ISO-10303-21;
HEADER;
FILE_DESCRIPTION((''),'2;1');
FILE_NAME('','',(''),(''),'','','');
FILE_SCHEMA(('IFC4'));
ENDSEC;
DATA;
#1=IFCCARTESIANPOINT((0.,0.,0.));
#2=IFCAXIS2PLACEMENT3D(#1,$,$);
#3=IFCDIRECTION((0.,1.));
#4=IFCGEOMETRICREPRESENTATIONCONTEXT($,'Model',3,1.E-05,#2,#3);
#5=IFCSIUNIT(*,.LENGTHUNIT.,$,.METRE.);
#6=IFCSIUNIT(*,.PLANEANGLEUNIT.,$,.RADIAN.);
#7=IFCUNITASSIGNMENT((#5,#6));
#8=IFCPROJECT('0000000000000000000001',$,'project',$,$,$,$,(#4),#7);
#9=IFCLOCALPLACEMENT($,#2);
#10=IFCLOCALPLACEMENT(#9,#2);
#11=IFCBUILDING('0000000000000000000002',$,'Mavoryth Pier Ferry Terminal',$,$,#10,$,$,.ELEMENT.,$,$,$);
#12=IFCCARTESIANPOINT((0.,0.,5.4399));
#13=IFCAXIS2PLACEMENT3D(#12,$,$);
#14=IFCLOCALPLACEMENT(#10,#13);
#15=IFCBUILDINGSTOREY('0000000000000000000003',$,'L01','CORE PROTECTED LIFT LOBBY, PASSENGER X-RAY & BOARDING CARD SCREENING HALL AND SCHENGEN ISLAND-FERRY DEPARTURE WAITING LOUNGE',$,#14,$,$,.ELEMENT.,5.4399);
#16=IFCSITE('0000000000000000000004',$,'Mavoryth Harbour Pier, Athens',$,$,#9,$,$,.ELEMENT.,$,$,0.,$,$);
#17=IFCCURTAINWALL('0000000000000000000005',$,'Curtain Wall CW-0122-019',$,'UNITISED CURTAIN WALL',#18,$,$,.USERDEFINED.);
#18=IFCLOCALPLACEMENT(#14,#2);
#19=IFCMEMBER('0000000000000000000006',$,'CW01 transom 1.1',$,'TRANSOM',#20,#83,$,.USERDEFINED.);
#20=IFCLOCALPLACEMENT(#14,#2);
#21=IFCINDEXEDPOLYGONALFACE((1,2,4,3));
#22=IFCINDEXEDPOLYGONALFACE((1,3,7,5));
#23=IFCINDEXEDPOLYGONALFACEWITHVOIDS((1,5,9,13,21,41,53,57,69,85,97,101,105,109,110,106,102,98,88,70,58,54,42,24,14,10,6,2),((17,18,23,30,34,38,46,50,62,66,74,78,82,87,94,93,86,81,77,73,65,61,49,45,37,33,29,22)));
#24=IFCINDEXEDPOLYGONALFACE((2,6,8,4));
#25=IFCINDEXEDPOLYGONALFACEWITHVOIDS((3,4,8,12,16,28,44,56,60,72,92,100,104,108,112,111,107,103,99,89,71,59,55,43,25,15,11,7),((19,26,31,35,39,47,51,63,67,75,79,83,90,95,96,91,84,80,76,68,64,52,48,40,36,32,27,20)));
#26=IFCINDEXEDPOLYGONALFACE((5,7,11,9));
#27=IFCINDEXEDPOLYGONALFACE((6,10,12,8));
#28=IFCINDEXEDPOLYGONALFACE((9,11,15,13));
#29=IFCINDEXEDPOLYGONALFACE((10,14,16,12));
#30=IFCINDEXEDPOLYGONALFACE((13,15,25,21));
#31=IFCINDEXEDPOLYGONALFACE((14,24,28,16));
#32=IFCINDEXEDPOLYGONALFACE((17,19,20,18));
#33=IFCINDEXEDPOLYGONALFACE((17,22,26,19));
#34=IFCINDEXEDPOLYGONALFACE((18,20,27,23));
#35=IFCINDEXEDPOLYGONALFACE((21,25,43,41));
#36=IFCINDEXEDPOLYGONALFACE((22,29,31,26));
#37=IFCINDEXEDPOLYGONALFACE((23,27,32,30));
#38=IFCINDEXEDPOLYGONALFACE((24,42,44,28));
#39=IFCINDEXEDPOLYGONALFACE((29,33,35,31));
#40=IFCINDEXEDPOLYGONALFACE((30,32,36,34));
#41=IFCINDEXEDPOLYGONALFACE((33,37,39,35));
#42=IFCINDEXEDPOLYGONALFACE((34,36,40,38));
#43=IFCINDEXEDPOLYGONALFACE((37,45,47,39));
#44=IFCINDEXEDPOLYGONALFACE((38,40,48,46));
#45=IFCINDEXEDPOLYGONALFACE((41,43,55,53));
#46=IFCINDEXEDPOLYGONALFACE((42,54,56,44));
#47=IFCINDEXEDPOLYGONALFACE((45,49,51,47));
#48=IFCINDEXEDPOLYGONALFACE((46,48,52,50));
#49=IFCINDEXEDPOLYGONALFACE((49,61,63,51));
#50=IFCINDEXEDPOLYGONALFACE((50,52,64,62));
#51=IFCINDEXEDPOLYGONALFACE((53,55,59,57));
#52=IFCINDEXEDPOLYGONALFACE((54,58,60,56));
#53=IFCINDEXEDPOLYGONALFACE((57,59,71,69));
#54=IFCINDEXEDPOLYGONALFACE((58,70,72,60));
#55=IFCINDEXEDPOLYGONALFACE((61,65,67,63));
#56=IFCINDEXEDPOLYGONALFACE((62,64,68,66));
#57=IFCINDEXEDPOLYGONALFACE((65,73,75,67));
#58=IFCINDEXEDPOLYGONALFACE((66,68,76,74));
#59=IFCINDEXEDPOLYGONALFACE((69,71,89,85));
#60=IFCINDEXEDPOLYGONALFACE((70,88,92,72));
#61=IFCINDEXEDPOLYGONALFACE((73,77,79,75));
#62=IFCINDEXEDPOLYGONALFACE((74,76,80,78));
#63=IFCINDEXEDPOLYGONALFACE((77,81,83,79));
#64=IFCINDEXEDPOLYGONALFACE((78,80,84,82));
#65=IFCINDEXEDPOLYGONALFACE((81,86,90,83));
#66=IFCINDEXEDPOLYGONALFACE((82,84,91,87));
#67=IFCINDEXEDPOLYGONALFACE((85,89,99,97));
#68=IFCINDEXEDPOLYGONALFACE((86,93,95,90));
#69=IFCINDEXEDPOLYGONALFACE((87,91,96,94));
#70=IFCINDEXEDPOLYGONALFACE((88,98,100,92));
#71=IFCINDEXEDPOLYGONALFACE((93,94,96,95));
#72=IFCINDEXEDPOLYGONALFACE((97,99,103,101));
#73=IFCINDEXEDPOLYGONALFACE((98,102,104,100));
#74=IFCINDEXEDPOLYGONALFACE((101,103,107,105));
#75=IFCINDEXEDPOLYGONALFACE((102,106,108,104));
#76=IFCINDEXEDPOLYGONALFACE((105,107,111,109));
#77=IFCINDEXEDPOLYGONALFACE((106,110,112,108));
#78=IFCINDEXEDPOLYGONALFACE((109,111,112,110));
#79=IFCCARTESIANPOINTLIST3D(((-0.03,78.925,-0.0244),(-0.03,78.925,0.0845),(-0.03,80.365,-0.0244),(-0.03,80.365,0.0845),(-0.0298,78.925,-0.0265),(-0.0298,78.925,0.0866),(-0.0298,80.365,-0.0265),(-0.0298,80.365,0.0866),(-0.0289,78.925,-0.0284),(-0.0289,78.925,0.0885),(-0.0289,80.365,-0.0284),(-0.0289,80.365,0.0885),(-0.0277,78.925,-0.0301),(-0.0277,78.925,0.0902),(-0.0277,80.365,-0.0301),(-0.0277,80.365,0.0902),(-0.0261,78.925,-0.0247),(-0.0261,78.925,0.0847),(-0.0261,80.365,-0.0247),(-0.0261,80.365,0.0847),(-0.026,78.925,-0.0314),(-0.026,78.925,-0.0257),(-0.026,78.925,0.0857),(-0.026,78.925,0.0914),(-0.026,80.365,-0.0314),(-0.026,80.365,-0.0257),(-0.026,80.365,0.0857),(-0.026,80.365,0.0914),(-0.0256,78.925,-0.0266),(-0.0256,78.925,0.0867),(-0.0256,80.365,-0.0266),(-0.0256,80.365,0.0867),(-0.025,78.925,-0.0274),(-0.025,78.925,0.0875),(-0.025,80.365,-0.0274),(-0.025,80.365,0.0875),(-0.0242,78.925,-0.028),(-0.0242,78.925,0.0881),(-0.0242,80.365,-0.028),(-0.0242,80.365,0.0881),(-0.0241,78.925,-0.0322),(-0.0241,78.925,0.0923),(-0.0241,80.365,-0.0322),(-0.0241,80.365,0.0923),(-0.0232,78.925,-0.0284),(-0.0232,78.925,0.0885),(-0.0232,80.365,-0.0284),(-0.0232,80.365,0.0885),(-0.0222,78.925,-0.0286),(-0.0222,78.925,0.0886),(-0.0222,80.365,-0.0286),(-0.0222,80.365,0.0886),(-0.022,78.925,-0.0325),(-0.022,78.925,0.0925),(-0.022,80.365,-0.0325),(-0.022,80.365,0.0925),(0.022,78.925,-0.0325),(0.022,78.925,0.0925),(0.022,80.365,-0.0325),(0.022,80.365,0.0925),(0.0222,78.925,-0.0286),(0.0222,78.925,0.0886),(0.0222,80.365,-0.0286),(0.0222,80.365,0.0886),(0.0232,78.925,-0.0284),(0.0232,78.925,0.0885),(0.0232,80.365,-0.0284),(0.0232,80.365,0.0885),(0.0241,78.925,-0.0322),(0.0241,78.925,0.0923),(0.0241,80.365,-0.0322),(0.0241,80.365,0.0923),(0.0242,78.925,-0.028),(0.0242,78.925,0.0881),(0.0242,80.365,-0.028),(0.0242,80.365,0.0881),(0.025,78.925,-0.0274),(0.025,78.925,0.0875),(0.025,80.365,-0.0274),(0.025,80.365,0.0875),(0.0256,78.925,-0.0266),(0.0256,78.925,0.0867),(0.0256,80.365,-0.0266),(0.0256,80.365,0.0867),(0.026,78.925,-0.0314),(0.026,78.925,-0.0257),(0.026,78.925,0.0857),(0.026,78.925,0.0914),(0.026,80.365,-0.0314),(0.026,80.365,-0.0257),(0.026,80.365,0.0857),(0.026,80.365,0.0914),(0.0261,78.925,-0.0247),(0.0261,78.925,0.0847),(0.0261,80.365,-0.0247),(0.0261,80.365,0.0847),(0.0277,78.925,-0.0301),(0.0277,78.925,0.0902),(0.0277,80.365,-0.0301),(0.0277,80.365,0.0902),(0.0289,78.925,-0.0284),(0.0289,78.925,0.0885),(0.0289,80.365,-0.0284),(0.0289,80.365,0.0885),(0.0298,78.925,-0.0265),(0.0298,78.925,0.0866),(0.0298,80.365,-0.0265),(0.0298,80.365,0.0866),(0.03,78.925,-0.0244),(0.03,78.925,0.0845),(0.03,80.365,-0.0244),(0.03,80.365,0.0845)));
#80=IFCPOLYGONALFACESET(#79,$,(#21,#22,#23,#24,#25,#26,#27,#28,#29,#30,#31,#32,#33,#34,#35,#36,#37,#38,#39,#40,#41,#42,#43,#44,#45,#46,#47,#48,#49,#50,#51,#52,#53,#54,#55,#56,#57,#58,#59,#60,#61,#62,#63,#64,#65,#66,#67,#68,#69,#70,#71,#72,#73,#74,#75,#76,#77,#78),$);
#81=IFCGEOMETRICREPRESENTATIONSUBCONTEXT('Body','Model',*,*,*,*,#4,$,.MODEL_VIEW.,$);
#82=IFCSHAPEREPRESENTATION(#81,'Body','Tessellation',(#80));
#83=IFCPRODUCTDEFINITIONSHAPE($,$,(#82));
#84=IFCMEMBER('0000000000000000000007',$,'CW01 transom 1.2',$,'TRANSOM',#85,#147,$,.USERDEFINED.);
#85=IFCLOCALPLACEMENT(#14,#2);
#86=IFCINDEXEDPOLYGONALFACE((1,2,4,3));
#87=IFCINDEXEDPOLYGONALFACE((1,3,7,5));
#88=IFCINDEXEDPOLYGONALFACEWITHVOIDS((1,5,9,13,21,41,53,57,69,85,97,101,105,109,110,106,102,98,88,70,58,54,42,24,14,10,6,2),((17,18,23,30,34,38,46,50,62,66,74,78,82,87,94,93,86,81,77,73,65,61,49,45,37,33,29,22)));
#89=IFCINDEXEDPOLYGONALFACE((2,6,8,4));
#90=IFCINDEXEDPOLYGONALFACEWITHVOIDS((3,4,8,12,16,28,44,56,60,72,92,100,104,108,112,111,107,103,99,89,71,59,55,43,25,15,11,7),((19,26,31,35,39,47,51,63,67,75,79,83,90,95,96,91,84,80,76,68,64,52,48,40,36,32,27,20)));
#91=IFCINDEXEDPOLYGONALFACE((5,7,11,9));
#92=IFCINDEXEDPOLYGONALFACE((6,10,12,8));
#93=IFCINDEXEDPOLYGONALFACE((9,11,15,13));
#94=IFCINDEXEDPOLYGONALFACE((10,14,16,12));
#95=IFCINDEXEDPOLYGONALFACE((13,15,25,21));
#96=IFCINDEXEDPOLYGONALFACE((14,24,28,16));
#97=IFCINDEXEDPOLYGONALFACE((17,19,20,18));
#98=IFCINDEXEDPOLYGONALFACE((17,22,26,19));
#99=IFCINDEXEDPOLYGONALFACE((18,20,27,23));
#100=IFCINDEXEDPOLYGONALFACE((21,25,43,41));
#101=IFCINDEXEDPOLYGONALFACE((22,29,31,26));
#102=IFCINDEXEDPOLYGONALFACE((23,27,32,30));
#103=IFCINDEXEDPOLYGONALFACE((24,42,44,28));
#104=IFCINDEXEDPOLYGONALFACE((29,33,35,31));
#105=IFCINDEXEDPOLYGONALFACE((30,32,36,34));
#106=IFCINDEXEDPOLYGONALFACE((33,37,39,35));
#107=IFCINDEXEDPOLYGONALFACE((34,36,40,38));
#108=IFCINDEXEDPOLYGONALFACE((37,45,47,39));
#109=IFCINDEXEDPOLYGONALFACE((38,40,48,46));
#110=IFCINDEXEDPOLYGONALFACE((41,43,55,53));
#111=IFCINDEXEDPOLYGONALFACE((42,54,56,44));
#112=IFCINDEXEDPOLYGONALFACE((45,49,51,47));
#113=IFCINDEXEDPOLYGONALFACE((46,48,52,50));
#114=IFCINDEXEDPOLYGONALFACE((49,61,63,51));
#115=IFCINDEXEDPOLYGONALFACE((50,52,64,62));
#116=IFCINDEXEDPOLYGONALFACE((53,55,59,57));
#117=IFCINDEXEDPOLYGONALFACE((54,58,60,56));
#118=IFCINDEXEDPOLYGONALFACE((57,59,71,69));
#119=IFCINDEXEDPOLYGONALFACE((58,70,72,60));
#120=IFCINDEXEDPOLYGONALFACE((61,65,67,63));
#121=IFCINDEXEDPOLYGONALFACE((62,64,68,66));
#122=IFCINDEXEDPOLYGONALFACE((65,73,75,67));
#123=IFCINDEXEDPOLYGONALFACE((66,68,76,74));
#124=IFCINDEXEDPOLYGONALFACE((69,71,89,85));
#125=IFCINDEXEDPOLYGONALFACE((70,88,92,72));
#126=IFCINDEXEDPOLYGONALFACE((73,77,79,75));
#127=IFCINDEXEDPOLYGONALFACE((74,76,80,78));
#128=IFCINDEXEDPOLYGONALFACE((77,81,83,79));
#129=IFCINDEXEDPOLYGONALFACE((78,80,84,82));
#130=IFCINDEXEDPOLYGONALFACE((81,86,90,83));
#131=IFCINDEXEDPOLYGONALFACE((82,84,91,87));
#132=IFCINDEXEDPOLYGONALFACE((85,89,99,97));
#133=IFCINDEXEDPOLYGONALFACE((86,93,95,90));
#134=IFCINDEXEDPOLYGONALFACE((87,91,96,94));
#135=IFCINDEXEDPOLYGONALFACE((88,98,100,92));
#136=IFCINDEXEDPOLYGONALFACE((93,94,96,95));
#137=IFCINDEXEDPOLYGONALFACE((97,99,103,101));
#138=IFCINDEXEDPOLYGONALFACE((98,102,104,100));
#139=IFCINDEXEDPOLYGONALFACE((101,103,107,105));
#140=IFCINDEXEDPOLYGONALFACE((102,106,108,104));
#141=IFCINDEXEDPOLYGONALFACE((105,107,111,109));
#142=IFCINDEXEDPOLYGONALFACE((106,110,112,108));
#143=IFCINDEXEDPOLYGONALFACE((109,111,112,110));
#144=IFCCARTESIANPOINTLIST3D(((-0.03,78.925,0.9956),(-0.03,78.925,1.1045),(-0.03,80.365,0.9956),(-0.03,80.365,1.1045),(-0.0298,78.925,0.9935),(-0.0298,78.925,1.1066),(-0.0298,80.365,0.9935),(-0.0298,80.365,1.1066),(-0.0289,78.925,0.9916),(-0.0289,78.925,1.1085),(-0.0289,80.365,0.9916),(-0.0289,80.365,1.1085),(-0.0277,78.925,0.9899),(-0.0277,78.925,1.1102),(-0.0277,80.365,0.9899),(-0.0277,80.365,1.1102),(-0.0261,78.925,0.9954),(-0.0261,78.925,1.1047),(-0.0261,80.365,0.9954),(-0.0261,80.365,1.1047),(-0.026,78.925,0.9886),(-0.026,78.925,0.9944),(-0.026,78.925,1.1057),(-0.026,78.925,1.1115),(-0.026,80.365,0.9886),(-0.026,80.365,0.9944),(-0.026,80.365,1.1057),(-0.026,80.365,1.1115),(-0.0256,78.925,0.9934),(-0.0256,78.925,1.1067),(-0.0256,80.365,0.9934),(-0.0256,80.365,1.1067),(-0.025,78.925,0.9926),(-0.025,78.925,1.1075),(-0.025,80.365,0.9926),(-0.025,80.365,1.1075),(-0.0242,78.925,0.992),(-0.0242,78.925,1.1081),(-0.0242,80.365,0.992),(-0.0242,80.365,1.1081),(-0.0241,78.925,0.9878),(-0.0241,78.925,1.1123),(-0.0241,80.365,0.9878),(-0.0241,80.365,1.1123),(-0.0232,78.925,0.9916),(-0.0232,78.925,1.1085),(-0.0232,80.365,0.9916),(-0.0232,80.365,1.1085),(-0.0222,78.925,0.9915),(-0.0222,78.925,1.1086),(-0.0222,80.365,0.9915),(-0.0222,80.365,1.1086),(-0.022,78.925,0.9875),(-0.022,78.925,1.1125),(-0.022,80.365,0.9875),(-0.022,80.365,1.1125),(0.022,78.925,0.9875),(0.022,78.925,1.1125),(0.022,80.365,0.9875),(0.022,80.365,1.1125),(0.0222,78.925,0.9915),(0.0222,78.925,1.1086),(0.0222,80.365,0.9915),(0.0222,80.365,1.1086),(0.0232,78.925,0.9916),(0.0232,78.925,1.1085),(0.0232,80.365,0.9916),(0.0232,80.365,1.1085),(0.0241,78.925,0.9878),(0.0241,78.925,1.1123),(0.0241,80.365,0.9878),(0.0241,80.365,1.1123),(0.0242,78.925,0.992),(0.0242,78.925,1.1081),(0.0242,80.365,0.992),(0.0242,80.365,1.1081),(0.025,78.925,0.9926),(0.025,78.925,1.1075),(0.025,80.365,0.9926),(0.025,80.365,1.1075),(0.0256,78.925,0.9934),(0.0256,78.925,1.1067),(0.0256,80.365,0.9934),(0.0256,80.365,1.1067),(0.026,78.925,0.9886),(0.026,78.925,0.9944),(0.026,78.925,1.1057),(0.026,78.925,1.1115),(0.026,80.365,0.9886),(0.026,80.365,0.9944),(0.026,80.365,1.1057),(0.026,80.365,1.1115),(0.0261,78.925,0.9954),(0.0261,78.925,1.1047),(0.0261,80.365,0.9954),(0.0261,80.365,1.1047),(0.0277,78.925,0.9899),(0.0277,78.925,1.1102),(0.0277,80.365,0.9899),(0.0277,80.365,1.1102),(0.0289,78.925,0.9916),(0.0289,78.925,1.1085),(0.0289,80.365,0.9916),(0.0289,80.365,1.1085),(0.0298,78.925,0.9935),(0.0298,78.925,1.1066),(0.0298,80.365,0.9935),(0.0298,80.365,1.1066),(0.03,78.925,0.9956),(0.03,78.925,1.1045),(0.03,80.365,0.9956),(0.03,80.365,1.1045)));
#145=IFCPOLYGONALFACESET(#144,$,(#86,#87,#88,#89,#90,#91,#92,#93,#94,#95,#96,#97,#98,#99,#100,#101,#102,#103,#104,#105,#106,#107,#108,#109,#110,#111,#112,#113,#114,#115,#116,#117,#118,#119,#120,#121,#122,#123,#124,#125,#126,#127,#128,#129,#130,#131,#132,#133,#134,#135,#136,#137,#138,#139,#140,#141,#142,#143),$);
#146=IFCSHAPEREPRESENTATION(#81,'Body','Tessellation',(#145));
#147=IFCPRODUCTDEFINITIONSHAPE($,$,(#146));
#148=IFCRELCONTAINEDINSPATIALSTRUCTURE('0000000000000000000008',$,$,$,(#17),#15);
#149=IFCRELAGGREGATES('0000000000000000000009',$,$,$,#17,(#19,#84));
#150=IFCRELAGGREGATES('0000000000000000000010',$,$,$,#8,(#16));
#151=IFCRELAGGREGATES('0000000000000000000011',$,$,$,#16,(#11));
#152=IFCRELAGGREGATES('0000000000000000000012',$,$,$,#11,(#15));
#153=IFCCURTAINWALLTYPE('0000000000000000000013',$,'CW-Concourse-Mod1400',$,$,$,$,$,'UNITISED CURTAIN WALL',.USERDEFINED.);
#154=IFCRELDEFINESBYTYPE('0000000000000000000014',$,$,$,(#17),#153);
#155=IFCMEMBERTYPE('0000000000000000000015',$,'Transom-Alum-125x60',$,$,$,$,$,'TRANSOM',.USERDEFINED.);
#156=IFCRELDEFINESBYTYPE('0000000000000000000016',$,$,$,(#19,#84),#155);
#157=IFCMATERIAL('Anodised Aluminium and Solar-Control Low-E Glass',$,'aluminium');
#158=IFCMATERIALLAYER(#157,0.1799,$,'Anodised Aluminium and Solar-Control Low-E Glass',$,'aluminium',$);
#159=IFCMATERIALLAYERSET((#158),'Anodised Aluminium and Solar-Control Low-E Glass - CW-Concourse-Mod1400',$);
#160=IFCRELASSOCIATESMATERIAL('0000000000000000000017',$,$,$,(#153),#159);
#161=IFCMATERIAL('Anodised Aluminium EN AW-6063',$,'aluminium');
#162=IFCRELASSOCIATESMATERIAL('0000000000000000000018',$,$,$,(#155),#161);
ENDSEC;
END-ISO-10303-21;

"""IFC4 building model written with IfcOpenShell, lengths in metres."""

from ifc_helpers import new_model, si_unit, direction, frame, origin, origin_2d, place, context, subcontext, project, spatial, hollow_rectangle, extrude, material, layer, layer_set, material_profile, profile_set, type_object, element, aggregate, save


model = new_model("IFC4")

# Units and contexts
model_context = context("Model", 3, precision=1e-05, world=origin(), true_north=direction((0.0, 1.0)))
body_context = subcontext(model_context, "Body", "Model", "MODEL_VIEW")
ifc_project = project(units=[si_unit("LENGTHUNIT", "METRE"), si_unit("PLANEANGLEUNIT", "RADIAN")], contexts=[model_context])

# Site, building, storey
site_placement = place(None, origin())
site = spatial("IfcSite", under=ifc_project, at=site_placement, Name="Mavoryth Harbour Pier, Athens", CompositionType="ELEMENT", RefElevation=0.0)
building_placement = place(site_placement, origin())
building = spatial("IfcBuilding", under=site, at=building_placement, Name="Mavoryth Pier Ferry Terminal", CompositionType="ELEMENT")
storey_placement = place(building_placement, frame((0.0, 0.0, 5.4399)))
storey = spatial("IfcBuildingStorey", under=building, at=storey_placement, Name="L01", Description="CORE PROTECTED LIFT LOBBY, PASSENGER X-RAY & BOARDING CARD SCREENING HALL AND SCHENGEN ISLAND-FERRY DEPARTURE WAITING LOUNGE", CompositionType="ELEMENT", Elevation=5.4399)

# Curtain wall
ifc_material_1 = material(Name="Anodised Aluminium and Solar-Control Low-E Glass", Category="aluminium")
ifc_layer_1 = layer(ifc_material_1, 0.1799, Name="Anodised Aluminium and Solar-Control Low-E Glass", Category="aluminium")
ifc_layer_set_1 = layer_set([ifc_layer_1], Name="Anodised Aluminium and Solar-Control Low-E Glass - CW-Concourse-Mod1400")
curtain_wall_type = type_object("IfcCurtainWallType", Name="CW-Concourse-Mod1400", ElementType="UNITISED CURTAIN WALL", PredefinedType="USERDEFINED", material=ifc_layer_set_1)
curtain_wall_1_placement = place(storey_placement, origin())
curtain_wall_1 = element("IfcCurtainWall", 1, at=curtain_wall_1_placement, inside=storey, type_object=curtain_wall_type, Name="Curtain Wall CW-0122-019", ObjectType="UNITISED CURTAIN WALL", PredefinedType="USERDEFINED")
ifc_material_2 = material(Name="Anodised Aluminium EN AW-6063", Category="aluminium")

# Members
ifc_material_profile_1 = material_profile(ifc_material_2, hollow_rectangle(XDim=0.0601, YDim=0.125, WallThickness=0.0039, InnerFilletRadius=0.0039, OuterFilletRadius=0.0081, at=origin_2d()), Name="AL-TRAN 125x60x4", Category="aluminium")
ifc_profile_set_1 = profile_set([ifc_material_profile_1], Name="Anodised Aluminium EN AW-6063 - AL-TRAN 125x60x4")
member_type_1 = type_object("IfcMemberType", Name="Transom-Alum-125x60", ElementType="TRANSOM", PredefinedType="USERDEFINED", material=ifc_profile_set_1)
member_1_placement = place(storey_placement, frame((0.0, 80.365, 0.03), z_axis=(0.0, -1.0, 0.0), x_axis=(1.0, 0.0, 0.0)))
member_1 = element("IfcMember", 2, at=member_1_placement, type_object=member_type_1, Name="CW01 transom 1.1", ObjectType="TRANSOM", PredefinedType="USERDEFINED", context=body_context, shape_type="SweptSolid", body=[
    extrude(hollow_rectangle(XDim=0.0601, YDim=0.125, WallThickness=0.0039, InnerFilletRadius=0.0039, OuterFilletRadius=0.0081, at=origin_2d()), origin(), (0.0, 0.0, 1.0), 1.4399),
])
member_2_placement = place(storey_placement, frame((0.0, 80.365, 1.05), z_axis=(0.0, -1.0, 0.0), x_axis=(1.0, 0.0, 0.0)))
member_2 = element("IfcMember", 3, at=member_2_placement, type_object=member_type_1, Name="CW01 transom 1.2", ObjectType="TRANSOM", PredefinedType="USERDEFINED", context=body_context, shape_type="SweptSolid", body=[
    extrude(hollow_rectangle(XDim=0.0601, YDim=0.125, WallThickness=0.0039, InnerFilletRadius=0.0039, OuterFilletRadius=0.0081, at=origin_2d()), origin(), (0.0, 0.0, 1.0), 1.4399),
])

aggregate(curtain_wall_1, [member_1, member_2])

save(model, "model.ifc")
